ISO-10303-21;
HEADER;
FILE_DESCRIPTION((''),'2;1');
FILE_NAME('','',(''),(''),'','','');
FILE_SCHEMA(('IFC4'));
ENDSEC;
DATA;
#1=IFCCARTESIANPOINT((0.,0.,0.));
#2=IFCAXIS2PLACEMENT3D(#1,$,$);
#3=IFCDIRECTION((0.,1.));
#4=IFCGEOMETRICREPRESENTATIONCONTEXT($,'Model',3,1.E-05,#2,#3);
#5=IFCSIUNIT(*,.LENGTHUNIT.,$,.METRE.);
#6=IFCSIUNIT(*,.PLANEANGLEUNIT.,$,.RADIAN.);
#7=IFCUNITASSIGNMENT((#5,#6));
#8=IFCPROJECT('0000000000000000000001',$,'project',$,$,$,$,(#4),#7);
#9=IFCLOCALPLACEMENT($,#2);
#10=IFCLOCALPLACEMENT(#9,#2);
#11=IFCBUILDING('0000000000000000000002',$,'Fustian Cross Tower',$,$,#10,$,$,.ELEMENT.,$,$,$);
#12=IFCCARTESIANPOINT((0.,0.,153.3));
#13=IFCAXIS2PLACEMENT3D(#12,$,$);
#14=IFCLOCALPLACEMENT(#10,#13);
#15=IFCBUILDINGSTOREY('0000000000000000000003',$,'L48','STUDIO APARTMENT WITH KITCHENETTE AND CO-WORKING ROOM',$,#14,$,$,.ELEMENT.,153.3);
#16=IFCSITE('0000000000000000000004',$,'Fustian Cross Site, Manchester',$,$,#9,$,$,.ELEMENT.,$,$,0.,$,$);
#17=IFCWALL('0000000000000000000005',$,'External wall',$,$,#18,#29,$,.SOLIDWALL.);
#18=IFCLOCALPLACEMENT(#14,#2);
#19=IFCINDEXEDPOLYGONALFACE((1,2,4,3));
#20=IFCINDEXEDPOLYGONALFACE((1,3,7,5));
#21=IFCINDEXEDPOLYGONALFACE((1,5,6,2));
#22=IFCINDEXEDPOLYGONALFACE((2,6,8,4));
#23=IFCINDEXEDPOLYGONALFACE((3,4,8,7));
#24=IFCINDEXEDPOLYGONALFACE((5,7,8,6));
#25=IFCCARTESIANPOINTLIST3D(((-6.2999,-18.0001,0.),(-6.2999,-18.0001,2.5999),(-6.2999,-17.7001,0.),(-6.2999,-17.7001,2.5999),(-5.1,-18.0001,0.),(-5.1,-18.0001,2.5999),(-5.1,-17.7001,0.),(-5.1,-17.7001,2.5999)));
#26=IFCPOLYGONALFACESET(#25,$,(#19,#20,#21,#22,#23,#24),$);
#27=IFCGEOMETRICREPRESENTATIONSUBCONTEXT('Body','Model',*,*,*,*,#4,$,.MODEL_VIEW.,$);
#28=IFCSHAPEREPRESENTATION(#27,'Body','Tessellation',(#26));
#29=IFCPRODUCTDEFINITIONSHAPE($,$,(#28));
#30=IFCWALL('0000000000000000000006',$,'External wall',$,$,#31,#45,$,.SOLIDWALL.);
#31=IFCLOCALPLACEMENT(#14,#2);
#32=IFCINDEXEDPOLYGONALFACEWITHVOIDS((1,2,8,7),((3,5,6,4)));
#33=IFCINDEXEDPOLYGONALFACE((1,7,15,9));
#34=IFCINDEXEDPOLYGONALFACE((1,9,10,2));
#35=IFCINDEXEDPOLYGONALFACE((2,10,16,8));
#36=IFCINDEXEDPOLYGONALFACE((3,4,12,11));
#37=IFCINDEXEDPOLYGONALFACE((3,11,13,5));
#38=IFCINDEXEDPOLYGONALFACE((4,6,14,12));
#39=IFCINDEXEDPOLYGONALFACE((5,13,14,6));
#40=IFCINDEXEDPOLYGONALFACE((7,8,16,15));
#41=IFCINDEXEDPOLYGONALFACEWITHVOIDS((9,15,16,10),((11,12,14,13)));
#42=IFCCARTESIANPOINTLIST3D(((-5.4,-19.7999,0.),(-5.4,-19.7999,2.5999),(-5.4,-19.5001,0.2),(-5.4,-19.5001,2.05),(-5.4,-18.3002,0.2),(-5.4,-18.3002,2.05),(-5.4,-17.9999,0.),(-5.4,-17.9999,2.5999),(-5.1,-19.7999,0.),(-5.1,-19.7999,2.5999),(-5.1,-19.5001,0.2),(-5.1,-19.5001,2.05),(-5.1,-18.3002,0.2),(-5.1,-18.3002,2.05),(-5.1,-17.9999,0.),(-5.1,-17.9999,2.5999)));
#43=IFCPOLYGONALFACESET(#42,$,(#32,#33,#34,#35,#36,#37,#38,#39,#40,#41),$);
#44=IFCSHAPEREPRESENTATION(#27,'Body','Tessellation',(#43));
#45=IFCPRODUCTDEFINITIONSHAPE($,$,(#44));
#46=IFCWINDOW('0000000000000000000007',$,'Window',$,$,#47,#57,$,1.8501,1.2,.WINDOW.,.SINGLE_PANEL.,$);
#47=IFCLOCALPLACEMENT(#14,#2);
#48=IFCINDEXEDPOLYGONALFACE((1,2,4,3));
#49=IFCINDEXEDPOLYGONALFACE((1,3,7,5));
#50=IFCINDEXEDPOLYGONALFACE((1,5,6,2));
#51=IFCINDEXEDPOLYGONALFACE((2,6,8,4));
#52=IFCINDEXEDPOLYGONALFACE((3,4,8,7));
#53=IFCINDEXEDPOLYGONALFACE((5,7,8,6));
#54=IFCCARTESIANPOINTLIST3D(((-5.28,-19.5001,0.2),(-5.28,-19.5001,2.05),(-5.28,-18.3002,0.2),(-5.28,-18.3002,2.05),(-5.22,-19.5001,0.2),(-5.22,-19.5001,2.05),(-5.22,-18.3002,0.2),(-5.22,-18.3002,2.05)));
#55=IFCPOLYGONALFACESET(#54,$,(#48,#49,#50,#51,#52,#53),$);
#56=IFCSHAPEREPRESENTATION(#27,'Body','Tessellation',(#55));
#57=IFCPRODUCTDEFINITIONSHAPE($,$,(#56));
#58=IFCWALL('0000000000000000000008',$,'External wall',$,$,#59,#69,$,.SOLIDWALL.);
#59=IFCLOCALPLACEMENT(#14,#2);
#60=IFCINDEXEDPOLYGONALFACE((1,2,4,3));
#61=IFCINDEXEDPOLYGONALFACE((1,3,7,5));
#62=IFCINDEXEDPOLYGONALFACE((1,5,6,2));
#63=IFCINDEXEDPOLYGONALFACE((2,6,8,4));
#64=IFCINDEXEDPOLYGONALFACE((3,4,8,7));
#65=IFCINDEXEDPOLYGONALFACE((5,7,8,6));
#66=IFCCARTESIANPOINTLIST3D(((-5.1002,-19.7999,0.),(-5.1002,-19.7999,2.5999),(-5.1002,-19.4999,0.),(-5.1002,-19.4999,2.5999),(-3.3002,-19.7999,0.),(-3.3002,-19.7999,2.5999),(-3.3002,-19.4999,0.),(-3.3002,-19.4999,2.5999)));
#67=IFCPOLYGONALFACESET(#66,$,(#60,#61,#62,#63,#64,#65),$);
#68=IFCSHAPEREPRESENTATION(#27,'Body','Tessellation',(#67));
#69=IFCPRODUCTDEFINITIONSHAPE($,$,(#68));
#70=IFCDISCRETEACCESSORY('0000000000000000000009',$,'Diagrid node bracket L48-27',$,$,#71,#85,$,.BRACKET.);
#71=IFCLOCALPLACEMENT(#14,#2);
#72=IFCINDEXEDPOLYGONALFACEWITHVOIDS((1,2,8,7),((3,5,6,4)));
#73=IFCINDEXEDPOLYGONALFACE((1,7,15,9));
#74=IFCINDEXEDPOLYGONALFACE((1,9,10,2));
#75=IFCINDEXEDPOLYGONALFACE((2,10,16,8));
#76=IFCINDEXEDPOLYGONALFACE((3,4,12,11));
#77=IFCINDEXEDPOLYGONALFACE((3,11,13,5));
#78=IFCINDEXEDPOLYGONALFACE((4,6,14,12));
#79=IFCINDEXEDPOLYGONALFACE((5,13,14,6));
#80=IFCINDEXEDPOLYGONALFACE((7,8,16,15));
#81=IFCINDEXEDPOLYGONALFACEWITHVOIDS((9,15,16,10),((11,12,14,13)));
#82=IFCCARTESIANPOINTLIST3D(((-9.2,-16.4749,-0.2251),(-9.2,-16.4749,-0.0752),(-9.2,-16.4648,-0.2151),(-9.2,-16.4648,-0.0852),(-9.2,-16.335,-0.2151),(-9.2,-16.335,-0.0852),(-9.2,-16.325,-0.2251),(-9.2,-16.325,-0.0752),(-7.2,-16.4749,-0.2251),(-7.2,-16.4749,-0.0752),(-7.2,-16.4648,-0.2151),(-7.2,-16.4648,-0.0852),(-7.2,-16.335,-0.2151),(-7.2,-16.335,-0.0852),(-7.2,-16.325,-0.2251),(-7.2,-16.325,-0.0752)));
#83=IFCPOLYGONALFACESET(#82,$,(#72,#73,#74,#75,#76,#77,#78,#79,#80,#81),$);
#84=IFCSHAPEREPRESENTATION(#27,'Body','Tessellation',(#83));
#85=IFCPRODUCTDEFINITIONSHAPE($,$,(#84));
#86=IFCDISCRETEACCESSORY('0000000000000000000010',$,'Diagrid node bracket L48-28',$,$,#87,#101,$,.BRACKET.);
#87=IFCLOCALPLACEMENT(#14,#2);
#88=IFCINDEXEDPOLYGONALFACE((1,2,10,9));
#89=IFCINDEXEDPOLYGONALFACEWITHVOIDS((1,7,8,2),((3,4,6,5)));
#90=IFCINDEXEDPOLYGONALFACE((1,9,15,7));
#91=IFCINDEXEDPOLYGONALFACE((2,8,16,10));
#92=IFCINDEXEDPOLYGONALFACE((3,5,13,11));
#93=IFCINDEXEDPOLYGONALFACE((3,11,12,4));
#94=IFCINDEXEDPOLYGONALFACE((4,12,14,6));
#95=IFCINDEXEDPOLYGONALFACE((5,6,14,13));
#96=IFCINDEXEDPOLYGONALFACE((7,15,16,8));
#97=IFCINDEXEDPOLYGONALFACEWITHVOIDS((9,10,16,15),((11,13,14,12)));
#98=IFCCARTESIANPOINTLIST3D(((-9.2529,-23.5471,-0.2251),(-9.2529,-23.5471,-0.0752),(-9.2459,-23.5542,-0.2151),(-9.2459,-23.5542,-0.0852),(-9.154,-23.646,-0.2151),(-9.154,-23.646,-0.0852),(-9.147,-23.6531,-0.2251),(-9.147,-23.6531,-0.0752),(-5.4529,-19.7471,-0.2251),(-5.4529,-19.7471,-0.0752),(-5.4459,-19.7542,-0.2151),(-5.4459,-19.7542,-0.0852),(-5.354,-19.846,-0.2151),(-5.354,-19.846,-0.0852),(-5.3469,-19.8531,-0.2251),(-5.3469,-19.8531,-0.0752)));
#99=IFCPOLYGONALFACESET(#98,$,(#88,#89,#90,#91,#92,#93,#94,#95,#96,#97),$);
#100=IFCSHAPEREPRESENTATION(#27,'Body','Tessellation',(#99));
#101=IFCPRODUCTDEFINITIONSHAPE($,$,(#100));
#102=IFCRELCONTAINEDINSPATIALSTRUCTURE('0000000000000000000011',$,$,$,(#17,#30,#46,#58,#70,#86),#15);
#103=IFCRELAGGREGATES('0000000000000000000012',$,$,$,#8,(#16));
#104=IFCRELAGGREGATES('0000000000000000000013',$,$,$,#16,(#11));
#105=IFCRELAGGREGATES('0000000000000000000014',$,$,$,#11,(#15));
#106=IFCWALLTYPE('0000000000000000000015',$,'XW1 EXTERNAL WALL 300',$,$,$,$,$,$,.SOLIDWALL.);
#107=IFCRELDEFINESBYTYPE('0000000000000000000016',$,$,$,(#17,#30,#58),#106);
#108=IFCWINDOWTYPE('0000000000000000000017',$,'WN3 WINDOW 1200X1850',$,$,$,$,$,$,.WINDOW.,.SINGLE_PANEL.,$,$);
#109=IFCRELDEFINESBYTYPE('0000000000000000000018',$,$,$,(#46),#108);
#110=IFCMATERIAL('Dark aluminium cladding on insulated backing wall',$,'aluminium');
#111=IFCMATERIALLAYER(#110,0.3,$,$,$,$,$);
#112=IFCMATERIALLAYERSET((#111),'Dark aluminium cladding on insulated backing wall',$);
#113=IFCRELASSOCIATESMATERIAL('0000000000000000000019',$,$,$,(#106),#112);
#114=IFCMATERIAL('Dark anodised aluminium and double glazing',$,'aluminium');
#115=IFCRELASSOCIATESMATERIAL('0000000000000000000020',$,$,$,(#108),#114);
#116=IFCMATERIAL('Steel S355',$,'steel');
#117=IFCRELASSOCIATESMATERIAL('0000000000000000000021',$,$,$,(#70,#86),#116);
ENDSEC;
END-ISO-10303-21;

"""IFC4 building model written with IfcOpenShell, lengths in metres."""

from ifc_helpers import new_model, si_unit, direction, frame, frame_2d, origin, origin_2d, place, context, subcontext, project, spatial, rectangle, hollow_rectangle, extrude, material, layer, layer_set, type_object, element, fill, save


model = new_model("IFC4")

# Units and contexts
model_context = context("Model", 3, precision=1e-05, world=origin(), true_north=direction((0.0, 1.0)))
body_context = subcontext(model_context, "Body", "Model", "MODEL_VIEW")
ifc_project = project(units=[si_unit("LENGTHUNIT", "METRE"), si_unit("PLANEANGLEUNIT", "RADIAN")], contexts=[model_context])

# Site, building, storey
site_placement = place(None, origin())
site = spatial("IfcSite", under=ifc_project, at=site_placement, Name="Fustian Cross Site, Manchester", CompositionType="ELEMENT", RefElevation=0.0)
building_placement = place(site_placement, origin())
building = spatial("IfcBuilding", under=site, at=building_placement, Name="Fustian Cross Tower", CompositionType="ELEMENT")
storey_placement = place(building_placement, frame((0.0, 0.0, 153.3)))
storey = spatial("IfcBuildingStorey", under=building, at=storey_placement, Name="L48", Description="STUDIO APARTMENT WITH KITCHENETTE AND CO-WORKING ROOM", CompositionType="ELEMENT", Elevation=153.3)

# Shared definitions
ifc_material_1 = material(Name="Dark aluminium cladding on insulated backing wall", Category="aluminium")
ifc_layer = layer(ifc_material_1, 0.3)
ifc_layer_set = layer_set([ifc_layer], Name="Dark aluminium cladding on insulated backing wall")
wall_type = type_object("IfcWallType", Name="XW1 EXTERNAL WALL 300", PredefinedType="SOLIDWALL", material=ifc_layer_set)
ifc_material_2 = material(Name="Dark anodised aluminium and double glazing", Category="aluminium")
window_type = type_object("IfcWindowType", Name="WN3 WINDOW 1200X1850", PartitioningType="SINGLE_PANEL", PredefinedType="WINDOW", material=ifc_material_2)

# Wall
wall_1_placement = place(storey_placement, frame((-6.3, -17.8501, 0.0), z_axis=(0.0, 0.0, 1.0), x_axis=(1.0, 0.0, 0.0)))
element("IfcWall", 1, at=wall_1_placement, inside=storey, type_object=wall_type, Name="External wall", PredefinedType="SOLIDWALL", context=body_context, shape_type="SweptSolid", body=[
    extrude(rectangle(XDim=1.2, YDim=0.3, at=frame_2d((0.6001, 0.0))), origin(), (0.0, 0.0, 1.0), 2.5999),
])

# Wall, opening, window
wall_2_placement = place(storey_placement, frame((-5.25, -18.0, 0.0), z_axis=(0.0, 0.0, 1.0), x_axis=(0.0, -1.0, 0.0)))
wall_2 = element("IfcWall", 2, at=wall_2_placement, inside=storey, type_object=wall_type, Name="External wall", PredefinedType="SOLIDWALL", context=body_context, shape_type="SweptSolid", body=[
    extrude(rectangle(XDim=1.8, YDim=0.3, at=frame_2d((0.8999, 0.0))), origin(), (0.0, 0.0, 1.0), 2.5999),
])
opening_1_placement = place(wall_2_placement, frame((0.3, 0.0, 0.2)))
opening_1 = element("IfcOpeningElement", 3, at=opening_1_placement, cuts=wall_2, PredefinedType="OPENING", context=body_context, shape_type="SweptSolid", body=[
    extrude(rectangle(XDim=1.2, YDim=1.8501, at=frame_2d((0.6001, 0.925))), frame((0.0, 0.1599, 0.0), z_axis=(0.0, -1.0, 0.0), x_axis=(1.0, 0.0, 0.0)), (0.0, 0.0, 1.0), 0.3201),
])
window_1_placement = place(opening_1_placement, origin())
window_1 = element("IfcWindow", 4, at=window_1_placement, inside=storey, type_object=window_type, Name="Window", OverallHeight=1.8501, OverallWidth=1.2, PartitioningType="SINGLE_PANEL", PredefinedType="WINDOW", context=body_context, shape_type="SweptSolid", body=[
    extrude(rectangle(XDim=1.2, YDim=1.8501, at=frame_2d((0.6001, 0.925))), frame((0.0, 0.03, 0.0), z_axis=(0.0, -1.0, 0.0), x_axis=(1.0, 0.0, 0.0)), (0.0, 0.0, 1.0), 0.0601),
])
fill(opening_1, window_1)

# Wall
wall_3_placement = place(storey_placement, frame((-5.1001, -19.6499, 0.0), z_axis=(0.0, 0.0, 1.0), x_axis=(1.0, 0.0, 0.0)))
element("IfcWall", 5, at=wall_3_placement, inside=storey, type_object=wall_type, Name="External wall", PredefinedType="SOLIDWALL", context=body_context, shape_type="SweptSolid", body=[
    extrude(rectangle(XDim=1.8, YDim=0.3, at=frame_2d((0.8999, 0.0))), origin(), (0.0, 0.0, 1.0), 2.5999),
])

# Discrete accessories
ifc_material_3 = material(Name="Steel S355", Category="steel")
discrete_accessory_1_placement = place(storey_placement, frame((-9.2, -16.3999, -0.1501), z_axis=(1.0, 0.0, 0.0), x_axis=(0.0, 1.0, 0.0)))
element("IfcDiscreteAccessory", 6, at=discrete_accessory_1_placement, inside=storey, material=ifc_material_3, Name="Diagrid node bracket L48-27", PredefinedType="BRACKET", context=body_context, shape_type="SweptSolid", body=[
    extrude(hollow_rectangle(XDim=0.1499, YDim=0.1499, WallThickness=0.01, at=origin_2d()), origin(), (0.0, 0.0, 1.0), 2.0),
])
discrete_accessory_2_placement = place(storey_placement, frame((-9.2, -23.6001, -0.1501), z_axis=(0.707107, 0.707107, 0.0), x_axis=(-0.707107, 0.707107, 0.0)))
element("IfcDiscreteAccessory", 7, at=discrete_accessory_2_placement, inside=storey, material=ifc_material_3, Name="Diagrid node bracket L48-28", PredefinedType="BRACKET", context=body_context, shape_type="SweptSolid", body=[
    extrude(hollow_rectangle(XDim=0.1499, YDim=0.1499, WallThickness=0.01, at=origin_2d()), origin(), (0.0, 0.0, 1.0), 5.374),
])

save(model, "model.ifc")
